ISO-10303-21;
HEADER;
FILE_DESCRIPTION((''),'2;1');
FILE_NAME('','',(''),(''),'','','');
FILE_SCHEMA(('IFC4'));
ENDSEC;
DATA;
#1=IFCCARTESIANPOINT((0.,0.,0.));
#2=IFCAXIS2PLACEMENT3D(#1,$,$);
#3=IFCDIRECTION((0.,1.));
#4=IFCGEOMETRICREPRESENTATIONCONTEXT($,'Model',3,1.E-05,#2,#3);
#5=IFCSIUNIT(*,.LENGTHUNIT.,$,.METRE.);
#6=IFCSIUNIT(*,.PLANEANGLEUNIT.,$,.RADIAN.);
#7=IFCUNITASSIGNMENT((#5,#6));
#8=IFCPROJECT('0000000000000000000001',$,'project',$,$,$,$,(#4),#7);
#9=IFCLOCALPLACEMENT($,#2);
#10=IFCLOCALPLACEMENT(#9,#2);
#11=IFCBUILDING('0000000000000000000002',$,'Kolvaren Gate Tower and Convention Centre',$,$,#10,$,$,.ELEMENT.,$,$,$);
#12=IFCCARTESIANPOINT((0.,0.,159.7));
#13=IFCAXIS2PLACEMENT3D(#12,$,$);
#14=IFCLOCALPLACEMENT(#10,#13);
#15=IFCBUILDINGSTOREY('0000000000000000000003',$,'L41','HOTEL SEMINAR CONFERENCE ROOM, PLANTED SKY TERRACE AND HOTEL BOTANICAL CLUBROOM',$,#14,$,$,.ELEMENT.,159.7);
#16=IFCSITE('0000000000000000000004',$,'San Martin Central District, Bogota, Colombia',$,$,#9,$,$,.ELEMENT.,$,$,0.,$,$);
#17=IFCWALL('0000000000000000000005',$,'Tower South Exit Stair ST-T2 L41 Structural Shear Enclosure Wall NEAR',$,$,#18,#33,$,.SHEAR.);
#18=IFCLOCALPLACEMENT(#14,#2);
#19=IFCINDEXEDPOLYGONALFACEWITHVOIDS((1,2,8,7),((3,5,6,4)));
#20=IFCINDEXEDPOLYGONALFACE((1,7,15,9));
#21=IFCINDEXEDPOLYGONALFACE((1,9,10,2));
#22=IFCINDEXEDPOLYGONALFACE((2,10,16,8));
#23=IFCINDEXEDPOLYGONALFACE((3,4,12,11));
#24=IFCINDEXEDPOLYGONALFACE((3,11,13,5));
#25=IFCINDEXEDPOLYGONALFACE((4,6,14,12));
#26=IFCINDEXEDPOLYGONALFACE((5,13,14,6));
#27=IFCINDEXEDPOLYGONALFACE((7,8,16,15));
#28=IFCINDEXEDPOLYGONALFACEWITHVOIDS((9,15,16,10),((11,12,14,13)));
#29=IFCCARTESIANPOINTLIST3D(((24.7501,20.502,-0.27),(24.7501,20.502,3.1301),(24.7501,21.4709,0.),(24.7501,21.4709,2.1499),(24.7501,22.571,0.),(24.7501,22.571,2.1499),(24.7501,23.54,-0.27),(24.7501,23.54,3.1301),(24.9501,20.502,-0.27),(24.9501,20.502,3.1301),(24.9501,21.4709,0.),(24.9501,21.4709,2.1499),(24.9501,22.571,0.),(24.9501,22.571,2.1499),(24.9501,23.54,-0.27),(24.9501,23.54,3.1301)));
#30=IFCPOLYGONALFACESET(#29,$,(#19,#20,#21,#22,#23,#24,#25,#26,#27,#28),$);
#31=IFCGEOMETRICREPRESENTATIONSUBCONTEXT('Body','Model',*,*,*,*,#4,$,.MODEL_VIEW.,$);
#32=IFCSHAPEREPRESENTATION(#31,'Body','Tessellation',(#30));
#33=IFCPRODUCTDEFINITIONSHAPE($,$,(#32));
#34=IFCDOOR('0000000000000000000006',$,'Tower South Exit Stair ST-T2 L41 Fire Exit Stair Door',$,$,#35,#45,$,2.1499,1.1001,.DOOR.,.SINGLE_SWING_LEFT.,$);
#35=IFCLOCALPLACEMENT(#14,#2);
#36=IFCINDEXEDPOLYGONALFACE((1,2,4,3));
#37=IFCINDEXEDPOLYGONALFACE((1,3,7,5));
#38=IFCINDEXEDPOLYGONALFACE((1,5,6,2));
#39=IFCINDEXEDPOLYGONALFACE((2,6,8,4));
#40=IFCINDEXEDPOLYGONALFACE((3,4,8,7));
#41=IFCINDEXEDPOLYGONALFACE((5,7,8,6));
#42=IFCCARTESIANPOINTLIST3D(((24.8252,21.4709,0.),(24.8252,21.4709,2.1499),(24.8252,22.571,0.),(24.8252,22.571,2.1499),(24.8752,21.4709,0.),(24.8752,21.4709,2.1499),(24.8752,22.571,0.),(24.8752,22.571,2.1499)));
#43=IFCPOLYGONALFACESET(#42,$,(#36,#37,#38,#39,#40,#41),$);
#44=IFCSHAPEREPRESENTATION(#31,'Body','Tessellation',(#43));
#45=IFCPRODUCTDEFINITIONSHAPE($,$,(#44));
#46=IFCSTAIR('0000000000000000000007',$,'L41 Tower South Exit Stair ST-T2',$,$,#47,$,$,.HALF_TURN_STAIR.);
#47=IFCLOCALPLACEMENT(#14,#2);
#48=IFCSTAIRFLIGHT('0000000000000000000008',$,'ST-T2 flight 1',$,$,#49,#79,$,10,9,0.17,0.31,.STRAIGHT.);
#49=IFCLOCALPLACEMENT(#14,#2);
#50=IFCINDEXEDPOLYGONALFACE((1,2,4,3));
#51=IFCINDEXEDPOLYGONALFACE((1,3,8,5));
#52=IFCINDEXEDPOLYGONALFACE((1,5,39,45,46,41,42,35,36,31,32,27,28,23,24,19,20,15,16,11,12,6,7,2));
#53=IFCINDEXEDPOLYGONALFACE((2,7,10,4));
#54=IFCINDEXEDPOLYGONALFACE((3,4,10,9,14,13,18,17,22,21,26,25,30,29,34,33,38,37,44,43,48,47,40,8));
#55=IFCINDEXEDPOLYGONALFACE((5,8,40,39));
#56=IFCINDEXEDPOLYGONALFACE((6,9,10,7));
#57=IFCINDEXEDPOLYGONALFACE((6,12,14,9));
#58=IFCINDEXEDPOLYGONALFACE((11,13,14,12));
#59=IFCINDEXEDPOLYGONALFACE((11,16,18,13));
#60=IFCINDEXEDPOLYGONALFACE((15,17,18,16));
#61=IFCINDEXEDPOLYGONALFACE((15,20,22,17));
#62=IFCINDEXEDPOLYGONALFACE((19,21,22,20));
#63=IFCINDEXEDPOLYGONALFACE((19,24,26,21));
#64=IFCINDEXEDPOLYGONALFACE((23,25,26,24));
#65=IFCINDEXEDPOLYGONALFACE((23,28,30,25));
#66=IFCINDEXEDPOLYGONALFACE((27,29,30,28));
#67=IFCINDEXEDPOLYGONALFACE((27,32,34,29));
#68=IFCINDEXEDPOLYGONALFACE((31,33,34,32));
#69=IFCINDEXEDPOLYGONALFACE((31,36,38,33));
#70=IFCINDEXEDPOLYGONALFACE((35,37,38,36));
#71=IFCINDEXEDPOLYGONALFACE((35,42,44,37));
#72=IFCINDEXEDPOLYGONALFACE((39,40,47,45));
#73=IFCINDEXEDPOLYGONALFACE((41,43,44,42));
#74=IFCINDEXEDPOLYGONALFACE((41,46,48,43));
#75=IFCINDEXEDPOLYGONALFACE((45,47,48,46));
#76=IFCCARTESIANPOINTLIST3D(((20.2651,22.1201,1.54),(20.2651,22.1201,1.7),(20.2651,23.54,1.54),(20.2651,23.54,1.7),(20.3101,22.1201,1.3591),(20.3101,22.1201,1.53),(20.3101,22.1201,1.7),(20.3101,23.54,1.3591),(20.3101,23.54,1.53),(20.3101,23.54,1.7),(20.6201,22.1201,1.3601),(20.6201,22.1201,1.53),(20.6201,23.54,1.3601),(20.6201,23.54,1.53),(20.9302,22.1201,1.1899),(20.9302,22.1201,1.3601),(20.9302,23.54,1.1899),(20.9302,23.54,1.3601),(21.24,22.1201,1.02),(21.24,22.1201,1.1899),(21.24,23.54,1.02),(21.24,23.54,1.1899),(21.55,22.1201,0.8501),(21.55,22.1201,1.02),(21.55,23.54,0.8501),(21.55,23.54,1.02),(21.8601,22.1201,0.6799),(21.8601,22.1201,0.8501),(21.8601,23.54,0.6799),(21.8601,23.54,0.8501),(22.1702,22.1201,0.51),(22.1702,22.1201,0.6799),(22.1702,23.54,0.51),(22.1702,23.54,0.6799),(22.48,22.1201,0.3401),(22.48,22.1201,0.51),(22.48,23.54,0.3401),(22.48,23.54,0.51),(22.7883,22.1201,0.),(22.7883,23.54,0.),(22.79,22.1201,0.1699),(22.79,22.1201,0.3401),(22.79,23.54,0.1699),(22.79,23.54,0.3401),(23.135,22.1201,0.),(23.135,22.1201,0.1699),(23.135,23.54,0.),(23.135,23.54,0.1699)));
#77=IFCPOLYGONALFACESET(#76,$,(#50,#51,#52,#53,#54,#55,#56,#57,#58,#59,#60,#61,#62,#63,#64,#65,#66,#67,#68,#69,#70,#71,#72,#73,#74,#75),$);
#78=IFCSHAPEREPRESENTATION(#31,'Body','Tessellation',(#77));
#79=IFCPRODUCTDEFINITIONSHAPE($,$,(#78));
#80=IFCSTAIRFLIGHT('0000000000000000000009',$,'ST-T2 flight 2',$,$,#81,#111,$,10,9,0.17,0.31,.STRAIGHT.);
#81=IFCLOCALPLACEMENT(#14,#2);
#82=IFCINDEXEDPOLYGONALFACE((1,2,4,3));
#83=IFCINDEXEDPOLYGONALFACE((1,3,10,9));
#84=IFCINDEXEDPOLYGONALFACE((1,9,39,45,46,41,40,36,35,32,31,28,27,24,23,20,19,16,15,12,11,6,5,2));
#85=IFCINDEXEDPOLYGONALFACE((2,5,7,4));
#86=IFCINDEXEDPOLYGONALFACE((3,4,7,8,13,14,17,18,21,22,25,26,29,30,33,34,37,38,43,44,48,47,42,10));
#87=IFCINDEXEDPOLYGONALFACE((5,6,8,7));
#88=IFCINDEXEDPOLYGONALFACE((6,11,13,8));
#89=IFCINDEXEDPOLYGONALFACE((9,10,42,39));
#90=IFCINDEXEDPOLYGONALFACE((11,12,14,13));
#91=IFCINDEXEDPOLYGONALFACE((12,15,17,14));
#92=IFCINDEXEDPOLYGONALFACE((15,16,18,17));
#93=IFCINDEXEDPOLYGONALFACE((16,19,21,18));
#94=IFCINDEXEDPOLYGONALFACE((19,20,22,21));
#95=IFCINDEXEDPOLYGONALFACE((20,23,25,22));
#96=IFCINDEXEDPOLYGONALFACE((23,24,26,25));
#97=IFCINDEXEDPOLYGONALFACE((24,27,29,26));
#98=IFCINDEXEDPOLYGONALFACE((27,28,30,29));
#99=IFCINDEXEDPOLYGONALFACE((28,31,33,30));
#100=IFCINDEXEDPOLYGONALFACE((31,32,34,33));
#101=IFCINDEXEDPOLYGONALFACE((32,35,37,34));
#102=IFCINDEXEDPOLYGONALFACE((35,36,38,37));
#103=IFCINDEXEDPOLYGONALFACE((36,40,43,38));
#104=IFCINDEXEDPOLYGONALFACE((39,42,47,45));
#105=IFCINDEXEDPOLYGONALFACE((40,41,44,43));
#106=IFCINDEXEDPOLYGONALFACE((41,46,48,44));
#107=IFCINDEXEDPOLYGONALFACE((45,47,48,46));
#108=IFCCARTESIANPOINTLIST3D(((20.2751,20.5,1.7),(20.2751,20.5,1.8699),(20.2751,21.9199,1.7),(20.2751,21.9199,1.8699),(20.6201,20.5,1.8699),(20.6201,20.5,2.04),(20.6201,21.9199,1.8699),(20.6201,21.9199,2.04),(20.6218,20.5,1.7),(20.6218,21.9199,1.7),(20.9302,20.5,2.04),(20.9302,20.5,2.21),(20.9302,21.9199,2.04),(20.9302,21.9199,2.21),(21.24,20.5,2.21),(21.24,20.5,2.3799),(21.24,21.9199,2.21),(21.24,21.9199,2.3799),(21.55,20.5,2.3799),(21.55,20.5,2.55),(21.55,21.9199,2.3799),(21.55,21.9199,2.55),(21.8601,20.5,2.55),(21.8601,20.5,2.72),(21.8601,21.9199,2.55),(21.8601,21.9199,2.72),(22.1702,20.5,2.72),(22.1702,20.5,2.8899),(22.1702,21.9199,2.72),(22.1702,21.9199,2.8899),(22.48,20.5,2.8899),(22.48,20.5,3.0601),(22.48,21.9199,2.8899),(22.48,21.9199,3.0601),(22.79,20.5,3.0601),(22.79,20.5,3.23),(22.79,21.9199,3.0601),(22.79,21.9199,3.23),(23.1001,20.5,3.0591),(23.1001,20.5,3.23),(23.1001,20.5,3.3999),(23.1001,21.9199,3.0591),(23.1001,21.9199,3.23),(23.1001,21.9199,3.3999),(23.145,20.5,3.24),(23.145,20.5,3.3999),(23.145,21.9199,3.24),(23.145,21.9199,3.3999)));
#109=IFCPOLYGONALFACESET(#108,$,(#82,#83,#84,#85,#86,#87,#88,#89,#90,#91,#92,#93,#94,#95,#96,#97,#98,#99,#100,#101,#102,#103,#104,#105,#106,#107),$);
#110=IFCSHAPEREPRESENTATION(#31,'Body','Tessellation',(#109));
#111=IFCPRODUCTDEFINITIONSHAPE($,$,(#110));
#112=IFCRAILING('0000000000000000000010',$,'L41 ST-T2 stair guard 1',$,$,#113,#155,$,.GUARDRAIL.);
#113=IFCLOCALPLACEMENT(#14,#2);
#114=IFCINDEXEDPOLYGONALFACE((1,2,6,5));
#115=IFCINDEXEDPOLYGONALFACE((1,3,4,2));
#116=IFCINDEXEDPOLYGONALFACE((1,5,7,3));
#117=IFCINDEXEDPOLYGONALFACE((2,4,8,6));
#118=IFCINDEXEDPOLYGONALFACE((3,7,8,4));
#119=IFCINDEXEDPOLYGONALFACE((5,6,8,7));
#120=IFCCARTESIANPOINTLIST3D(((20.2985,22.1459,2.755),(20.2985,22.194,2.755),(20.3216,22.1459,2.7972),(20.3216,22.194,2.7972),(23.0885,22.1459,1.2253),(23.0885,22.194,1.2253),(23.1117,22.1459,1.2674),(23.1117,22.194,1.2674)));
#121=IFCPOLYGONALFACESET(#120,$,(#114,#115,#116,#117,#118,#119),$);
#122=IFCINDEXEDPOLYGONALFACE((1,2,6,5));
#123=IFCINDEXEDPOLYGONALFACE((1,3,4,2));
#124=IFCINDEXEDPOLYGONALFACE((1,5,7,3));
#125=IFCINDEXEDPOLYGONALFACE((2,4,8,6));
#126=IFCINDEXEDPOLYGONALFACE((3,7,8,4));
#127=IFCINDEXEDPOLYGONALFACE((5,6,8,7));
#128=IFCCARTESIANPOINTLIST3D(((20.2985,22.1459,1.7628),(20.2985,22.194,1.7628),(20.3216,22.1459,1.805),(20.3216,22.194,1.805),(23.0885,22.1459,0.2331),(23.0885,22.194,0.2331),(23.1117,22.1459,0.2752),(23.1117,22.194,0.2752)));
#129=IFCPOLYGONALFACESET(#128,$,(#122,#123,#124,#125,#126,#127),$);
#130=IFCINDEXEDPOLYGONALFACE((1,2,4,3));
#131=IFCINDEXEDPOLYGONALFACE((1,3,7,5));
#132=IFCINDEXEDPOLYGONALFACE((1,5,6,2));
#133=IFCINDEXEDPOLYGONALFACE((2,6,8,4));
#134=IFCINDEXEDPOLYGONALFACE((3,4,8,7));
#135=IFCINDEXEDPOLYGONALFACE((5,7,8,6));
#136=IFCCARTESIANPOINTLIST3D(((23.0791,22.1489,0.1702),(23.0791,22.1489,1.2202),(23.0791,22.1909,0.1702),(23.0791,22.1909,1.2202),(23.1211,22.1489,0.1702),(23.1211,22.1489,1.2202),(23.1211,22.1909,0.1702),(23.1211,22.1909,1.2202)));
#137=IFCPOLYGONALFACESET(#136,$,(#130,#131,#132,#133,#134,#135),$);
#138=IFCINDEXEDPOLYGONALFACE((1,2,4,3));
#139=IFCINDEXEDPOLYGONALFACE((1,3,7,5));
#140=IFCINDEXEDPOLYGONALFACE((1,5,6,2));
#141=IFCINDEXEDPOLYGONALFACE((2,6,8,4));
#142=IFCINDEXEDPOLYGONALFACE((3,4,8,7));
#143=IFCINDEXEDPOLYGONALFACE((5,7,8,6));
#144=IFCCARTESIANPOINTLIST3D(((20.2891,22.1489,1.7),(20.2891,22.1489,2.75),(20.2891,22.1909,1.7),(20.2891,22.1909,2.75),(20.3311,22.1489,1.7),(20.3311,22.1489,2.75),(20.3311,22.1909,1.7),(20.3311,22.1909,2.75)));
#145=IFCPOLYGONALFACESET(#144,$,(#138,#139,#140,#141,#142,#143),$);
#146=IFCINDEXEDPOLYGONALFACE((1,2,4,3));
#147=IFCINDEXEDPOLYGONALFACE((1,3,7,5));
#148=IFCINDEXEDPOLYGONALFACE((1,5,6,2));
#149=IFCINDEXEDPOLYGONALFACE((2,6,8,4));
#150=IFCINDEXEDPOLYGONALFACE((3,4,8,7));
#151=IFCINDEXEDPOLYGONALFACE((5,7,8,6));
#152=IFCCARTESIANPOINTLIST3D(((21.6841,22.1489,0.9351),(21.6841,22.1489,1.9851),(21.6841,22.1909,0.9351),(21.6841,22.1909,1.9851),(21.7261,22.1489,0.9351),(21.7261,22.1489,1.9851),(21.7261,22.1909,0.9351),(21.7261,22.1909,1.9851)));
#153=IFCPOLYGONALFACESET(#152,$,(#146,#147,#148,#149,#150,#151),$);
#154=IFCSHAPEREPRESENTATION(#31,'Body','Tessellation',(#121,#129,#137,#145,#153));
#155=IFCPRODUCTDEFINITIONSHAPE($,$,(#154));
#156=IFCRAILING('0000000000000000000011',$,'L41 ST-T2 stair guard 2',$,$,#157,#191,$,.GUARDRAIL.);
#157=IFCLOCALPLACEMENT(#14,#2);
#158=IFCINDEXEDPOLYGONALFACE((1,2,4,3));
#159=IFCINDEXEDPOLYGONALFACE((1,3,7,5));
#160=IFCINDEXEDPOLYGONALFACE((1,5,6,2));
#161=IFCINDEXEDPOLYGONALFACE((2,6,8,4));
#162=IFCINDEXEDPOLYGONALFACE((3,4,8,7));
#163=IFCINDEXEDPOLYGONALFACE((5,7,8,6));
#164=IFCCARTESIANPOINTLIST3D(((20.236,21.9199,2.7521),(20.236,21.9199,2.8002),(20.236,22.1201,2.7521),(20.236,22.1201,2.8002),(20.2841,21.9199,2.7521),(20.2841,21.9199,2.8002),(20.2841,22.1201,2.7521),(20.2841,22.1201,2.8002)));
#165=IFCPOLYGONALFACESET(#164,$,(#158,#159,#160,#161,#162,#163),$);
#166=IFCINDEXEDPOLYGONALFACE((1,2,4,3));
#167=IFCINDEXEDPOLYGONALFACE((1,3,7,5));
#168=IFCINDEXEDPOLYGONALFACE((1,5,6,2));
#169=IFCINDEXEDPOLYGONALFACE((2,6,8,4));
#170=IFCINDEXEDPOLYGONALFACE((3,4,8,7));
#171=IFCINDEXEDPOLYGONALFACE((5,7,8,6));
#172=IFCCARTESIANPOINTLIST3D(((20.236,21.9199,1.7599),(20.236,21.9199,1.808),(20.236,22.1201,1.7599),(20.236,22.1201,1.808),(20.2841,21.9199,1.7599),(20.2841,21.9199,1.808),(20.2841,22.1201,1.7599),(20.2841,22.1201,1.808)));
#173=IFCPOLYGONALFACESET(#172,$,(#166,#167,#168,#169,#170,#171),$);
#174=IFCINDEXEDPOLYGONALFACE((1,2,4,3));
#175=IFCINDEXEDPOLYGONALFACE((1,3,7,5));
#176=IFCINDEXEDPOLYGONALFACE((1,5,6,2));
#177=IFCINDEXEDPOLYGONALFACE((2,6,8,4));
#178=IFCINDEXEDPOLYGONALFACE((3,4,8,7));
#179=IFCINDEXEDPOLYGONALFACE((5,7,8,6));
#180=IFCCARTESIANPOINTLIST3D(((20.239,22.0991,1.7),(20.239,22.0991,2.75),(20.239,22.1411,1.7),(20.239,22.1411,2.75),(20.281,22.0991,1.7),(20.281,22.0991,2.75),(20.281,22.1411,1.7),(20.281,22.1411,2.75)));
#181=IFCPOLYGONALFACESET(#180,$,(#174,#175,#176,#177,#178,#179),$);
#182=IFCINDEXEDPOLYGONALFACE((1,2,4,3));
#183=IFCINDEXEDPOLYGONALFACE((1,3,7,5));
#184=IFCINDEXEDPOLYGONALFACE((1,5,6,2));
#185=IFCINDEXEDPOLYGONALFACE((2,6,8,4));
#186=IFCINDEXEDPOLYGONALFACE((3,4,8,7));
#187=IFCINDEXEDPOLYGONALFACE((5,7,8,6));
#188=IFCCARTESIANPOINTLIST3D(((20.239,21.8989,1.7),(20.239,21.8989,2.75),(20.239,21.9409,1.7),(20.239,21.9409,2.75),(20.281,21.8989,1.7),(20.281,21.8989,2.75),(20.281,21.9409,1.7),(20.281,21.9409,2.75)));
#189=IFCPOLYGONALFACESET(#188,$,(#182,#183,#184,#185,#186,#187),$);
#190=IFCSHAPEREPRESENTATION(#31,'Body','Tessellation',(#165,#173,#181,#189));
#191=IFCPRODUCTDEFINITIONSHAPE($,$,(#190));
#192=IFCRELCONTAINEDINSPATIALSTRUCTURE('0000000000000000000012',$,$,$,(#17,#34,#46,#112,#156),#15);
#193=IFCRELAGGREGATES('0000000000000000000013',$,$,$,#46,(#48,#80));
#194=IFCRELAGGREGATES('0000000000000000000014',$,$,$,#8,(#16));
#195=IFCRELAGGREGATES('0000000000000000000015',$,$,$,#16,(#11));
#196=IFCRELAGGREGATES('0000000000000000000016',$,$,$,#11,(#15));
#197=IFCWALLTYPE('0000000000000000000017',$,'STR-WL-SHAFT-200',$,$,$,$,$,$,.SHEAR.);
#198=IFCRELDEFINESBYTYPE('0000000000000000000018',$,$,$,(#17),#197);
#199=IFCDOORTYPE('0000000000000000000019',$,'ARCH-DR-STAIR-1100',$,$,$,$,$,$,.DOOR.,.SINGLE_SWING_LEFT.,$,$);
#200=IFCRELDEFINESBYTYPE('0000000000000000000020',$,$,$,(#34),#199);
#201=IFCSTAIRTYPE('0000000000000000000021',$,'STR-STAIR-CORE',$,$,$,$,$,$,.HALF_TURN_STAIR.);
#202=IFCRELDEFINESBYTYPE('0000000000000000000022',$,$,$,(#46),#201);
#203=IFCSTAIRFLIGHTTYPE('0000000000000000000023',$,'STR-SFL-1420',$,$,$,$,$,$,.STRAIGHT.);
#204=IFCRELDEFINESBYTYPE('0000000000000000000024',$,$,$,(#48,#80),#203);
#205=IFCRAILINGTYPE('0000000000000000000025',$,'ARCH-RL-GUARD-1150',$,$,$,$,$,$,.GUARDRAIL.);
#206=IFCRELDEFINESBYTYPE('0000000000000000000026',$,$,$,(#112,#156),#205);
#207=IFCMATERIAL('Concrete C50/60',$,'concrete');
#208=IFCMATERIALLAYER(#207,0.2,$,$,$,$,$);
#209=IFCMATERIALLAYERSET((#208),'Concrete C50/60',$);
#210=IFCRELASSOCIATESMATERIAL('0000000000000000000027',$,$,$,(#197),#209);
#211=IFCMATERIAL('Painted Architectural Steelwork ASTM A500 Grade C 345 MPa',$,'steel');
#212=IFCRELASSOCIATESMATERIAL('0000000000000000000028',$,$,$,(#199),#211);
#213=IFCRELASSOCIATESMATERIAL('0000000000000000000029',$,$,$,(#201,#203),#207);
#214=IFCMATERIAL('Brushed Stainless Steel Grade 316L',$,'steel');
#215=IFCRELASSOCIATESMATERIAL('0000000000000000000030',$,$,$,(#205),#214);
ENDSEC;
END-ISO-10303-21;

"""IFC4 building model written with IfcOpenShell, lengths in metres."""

from ifc_helpers import new_model, si_unit, direction, frame, frame_2d, origin, origin_2d, place, context, subcontext, project, spatial, polyline, rectangle, outline, extrude, material, layer, layer_set, type_object, element, fill, aggregate, save


model = new_model("IFC4")

# Units and contexts
model_context = context("Model", 3, precision=1e-05, world=origin(), true_north=direction((0.0, 1.0)))
body_context = subcontext(model_context, "Body", "Model", "MODEL_VIEW")
ifc_project = project(units=[si_unit("LENGTHUNIT", "METRE"), si_unit("PLANEANGLEUNIT", "RADIAN")], contexts=[model_context])

# Site, building, storey
site_placement = place(None, origin())
site = spatial("IfcSite", under=ifc_project, at=site_placement, Name="San Martin Central District, Bogota, Colombia", CompositionType="ELEMENT", RefElevation=0.0)
building_placement = place(site_placement, origin())
building = spatial("IfcBuilding", under=site, at=building_placement, Name="Kolvaren Gate Tower and Convention Centre", CompositionType="ELEMENT")
storey_placement = place(building_placement, frame((0.0, 0.0, 159.7)))
storey = spatial("IfcBuildingStorey", under=building, at=storey_placement, Name="L41", Description="HOTEL SEMINAR CONFERENCE ROOM, PLANTED SKY TERRACE AND HOTEL BOTANICAL CLUBROOM", CompositionType="ELEMENT", Elevation=159.7)

# Shared definitions
ifc_material_1 = material(Name="Brushed Stainless Steel Grade 316L", Category="steel")

# Wall, opening, door
ifc_material_2 = material(Name="Concrete C50/60", Category="concrete")
ifc_layer_1 = layer(ifc_material_2, 0.2)
ifc_layer_set_1 = layer_set([ifc_layer_1], Name="Concrete C50/60")
wall_type_1 = type_object("IfcWallType", Name="STR-WL-SHAFT-200", PredefinedType="SHEAR", material=ifc_layer_set_1)
wall_1_placement = place(storey_placement, frame((24.8501, 20.502, -0.27), z_axis=(0.0, 0.0, 1.0), x_axis=(0.0, 1.0, 0.0)))
wall_1 = element("IfcWall", 1, at=wall_1_placement, inside=storey, type_object=wall_type_1, Name="Tower South Exit Stair ST-T2 L41 Structural Shear Enclosure Wall NEAR", PredefinedType="SHEAR", context=body_context, shape_type="SweptSolid", body=[
    extrude(rectangle(XDim=3.0381, YDim=0.2, at=frame_2d((1.519, 0.0))), origin(), (0.0, 0.0, 1.0), 3.4001),
])
opening_1_placement = place(wall_1_placement, frame((0.969, 0.0, 0.27)))
opening_1 = element("IfcOpeningElement", 2, at=opening_1_placement, cuts=wall_1, PredefinedType="OPENING", context=body_context, shape_type="SweptSolid", body=[
    extrude(rectangle(XDim=1.1001, YDim=2.1499, at=frame_2d((0.55, 1.075))), frame((0.0, 0.1099, 0.0), z_axis=(0.0, -1.0, 0.0), x_axis=(1.0, 0.0, 0.0)), (0.0, 0.0, 1.0), 0.22),
])
ifc_material_3 = material(Name="Painted Architectural Steelwork ASTM A500 Grade C 345 MPa", Category="steel")
door_type_1 = type_object("IfcDoorType", Name="ARCH-DR-STAIR-1100", OperationType="SINGLE_SWING_LEFT", PredefinedType="DOOR", material=ifc_material_3)
door_1_placement = place(opening_1_placement, origin())
door_1 = element("IfcDoor", 3, at=door_1_placement, inside=storey, type_object=door_type_1, Name="Tower South Exit Stair ST-T2 L41 Fire Exit Stair Door", OperationType="SINGLE_SWING_LEFT", OverallHeight=2.1499, OverallWidth=1.1001, PredefinedType="DOOR", context=body_context, shape_type="SweptSolid", body=[
    extrude(rectangle(XDim=1.1001, YDim=2.1499, at=frame_2d((0.55, 1.075))), frame((0.0, 0.0249, 0.0), z_axis=(0.0, -1.0, 0.0), x_axis=(1.0, 0.0, 0.0)), (0.0, 0.0, 1.0), 0.05),
])
fill(opening_1, door_1)

# Stair, stair flights
stair_type = type_object("IfcStairType", Name="STR-STAIR-CORE", PredefinedType="HALF_TURN_STAIR", material=ifc_material_2)
stair_placement = place(storey_placement, origin())
stair = element("IfcStair", 4, at=stair_placement, inside=storey, type_object=stair_type, Name="L41 Tower South Exit Stair ST-T2", PredefinedType="HALF_TURN_STAIR")
stair_flight_type = type_object("IfcStairFlightType", Name="STR-SFL-1420", PredefinedType="STRAIGHT", material=ifc_material_2)
stair_flight_1_placement = place(storey_placement, frame((23.1001, 22.8301, 0.0), z_axis=(0.0, 0.0, 1.0), x_axis=(-1.0, 0.0, 0.0)))
stair_flight_1 = element("IfcStairFlight", 5, at=stair_flight_1_placement, type_object=stair_flight_type, Name="ST-T2 flight 1", NumberOfRisers=10, NumberOfTreads=9, PredefinedType="STRAIGHT", RiserHeight=0.17, TreadLength=0.31, context=body_context, shape_type="SweptSolid", body=[
    extrude(outline(polyline([(-0.0349, 0.0), (-0.0349, 0.1699), (0.3101, 0.1699), (0.3101, 0.3401), (0.6201, 0.3401), (0.6201, 0.51), (0.9299, 0.51), (0.9299, 0.6799), (1.24, 0.6799), (1.24, 0.8501), (1.55, 0.8501), (1.55, 1.02), (1.8601, 1.02), (1.8601, 1.1899), (2.1699, 1.1899), (2.1699, 1.3601), (2.48, 1.3601), (2.48, 1.53), (2.79, 1.53), (2.79, 1.7), (2.835, 1.7), (2.835, 1.54), (2.79, 1.3591), (0.3118, 0.0), (-0.0349, 0.0)])), frame((0.0, 0.71, 0.0), z_axis=(0.0, -1.0, 0.0), x_axis=(1.0, 0.0, 0.0)), (0.0, 0.0, 1.0), 1.4199),
])
stair_flight_2_placement = place(storey_placement, frame((20.3101, 21.21, 1.7), z_axis=(0.0, 0.0, 1.0), x_axis=(1.0, 0.0, 0.0)))
stair_flight_2 = element("IfcStairFlight", 6, at=stair_flight_2_placement, type_object=stair_flight_type, Name="ST-T2 flight 2", NumberOfRisers=10, NumberOfTreads=9, PredefinedType="STRAIGHT", RiserHeight=0.17, TreadLength=0.31, context=body_context, shape_type="SweptSolid", body=[
    extrude(outline(polyline([(-0.0349, 0.0), (-0.0349, 0.1699), (0.3101, 0.1699), (0.3101, 0.3401), (0.6201, 0.3401), (0.6201, 0.51), (0.9299, 0.51), (0.9299, 0.6799), (1.24, 0.6799), (1.24, 0.8501), (1.55, 0.8501), (1.55, 1.02), (1.8601, 1.02), (1.8601, 1.1899), (2.1699, 1.1899), (2.1699, 1.3601), (2.48, 1.3601), (2.48, 1.53), (2.79, 1.53), (2.79, 1.7), (2.835, 1.7), (2.835, 1.54), (2.79, 1.3591), (0.3118, 0.0), (-0.0349, 0.0)])), frame((0.0, 0.71, 0.0), z_axis=(0.0, -1.0, 0.0), x_axis=(1.0, 0.0, 0.0)), (0.0, 0.0, 1.0), 1.4199),
])
aggregate(stair, [stair_flight_1, stair_flight_2])

# Railings
railing_type_1 = type_object("IfcRailingType", Name="ARCH-RL-GUARD-1150", PredefinedType="GUARDRAIL", material=ifc_material_1)
railing_1_placement = place(storey_placement, frame((23.1001, 22.1699, 0.1702)))
element("IfcRailing", 7, at=railing_1_placement, inside=storey, type_object=railing_type_1, Name="L41 ST-T2 stair guard 1", PredefinedType="GUARDRAIL", context=body_context, shape_type="SweptSolid", body=[
    extrude(rectangle(XDim=0.0481, YDim=0.0481, at=origin_2d()), frame((0.0, 0.0, 1.0762), z_axis=(-0.876844, 0.0, 0.480776), x_axis=(0.0, -1.0, 0.0)), (0.0, 0.0, 1.0), 3.1819),
    extrude(rectangle(XDim=0.0481, YDim=0.0481, at=origin_2d()), frame((0.0, 0.0, 0.084), z_axis=(-0.876844, 0.0, 0.480776), x_axis=(0.0, -1.0, 0.0)), (0.0, 0.0, 1.0), 3.1819),
    extrude(rectangle(XDim=0.042, YDim=0.042, at=origin_2d()), origin(), (0.0, 0.0, 1.0), 1.05),
    extrude(rectangle(XDim=0.042, YDim=0.042, at=origin_2d()), frame((-2.79, 0.0, 1.5298)), (0.0, 0.0, 1.0), 1.05),
    extrude(rectangle(XDim=0.042, YDim=0.042, at=origin_2d()), frame((-1.395, 0.0, 0.7649)), (0.0, 0.0, 1.0), 1.05),
])
railing_2_placement = place(storey_placement, frame((20.26, 22.1201, 1.7)))
element("IfcRailing", 8, at=railing_2_placement, inside=storey, type_object=railing_type_1, Name="L41 ST-T2 stair guard 2", PredefinedType="GUARDRAIL", context=body_context, shape_type="SweptSolid", body=[
    extrude(rectangle(XDim=0.0481, YDim=0.0481, at=origin_2d()), frame((0.0, 0.0, 1.0762), z_axis=(0.0, -1.0, 0.0), x_axis=(1.0, 0.0, 0.0)), (0.0, 0.0, 1.0), 0.2002),
    extrude(rectangle(XDim=0.0481, YDim=0.0481, at=origin_2d()), frame((0.0, 0.0, 0.084), z_axis=(0.0, -1.0, 0.0), x_axis=(1.0, 0.0, 0.0)), (0.0, 0.0, 1.0), 0.2002),
    extrude(rectangle(XDim=0.042, YDim=0.042, at=origin_2d()), origin(), (0.0, 0.0, 1.0), 1.05),
    extrude(rectangle(XDim=0.042, YDim=0.042, at=origin_2d()), frame((0.0, -0.2002, 0.0)), (0.0, 0.0, 1.0), 1.05),
])

save(model, "model.ifc")
